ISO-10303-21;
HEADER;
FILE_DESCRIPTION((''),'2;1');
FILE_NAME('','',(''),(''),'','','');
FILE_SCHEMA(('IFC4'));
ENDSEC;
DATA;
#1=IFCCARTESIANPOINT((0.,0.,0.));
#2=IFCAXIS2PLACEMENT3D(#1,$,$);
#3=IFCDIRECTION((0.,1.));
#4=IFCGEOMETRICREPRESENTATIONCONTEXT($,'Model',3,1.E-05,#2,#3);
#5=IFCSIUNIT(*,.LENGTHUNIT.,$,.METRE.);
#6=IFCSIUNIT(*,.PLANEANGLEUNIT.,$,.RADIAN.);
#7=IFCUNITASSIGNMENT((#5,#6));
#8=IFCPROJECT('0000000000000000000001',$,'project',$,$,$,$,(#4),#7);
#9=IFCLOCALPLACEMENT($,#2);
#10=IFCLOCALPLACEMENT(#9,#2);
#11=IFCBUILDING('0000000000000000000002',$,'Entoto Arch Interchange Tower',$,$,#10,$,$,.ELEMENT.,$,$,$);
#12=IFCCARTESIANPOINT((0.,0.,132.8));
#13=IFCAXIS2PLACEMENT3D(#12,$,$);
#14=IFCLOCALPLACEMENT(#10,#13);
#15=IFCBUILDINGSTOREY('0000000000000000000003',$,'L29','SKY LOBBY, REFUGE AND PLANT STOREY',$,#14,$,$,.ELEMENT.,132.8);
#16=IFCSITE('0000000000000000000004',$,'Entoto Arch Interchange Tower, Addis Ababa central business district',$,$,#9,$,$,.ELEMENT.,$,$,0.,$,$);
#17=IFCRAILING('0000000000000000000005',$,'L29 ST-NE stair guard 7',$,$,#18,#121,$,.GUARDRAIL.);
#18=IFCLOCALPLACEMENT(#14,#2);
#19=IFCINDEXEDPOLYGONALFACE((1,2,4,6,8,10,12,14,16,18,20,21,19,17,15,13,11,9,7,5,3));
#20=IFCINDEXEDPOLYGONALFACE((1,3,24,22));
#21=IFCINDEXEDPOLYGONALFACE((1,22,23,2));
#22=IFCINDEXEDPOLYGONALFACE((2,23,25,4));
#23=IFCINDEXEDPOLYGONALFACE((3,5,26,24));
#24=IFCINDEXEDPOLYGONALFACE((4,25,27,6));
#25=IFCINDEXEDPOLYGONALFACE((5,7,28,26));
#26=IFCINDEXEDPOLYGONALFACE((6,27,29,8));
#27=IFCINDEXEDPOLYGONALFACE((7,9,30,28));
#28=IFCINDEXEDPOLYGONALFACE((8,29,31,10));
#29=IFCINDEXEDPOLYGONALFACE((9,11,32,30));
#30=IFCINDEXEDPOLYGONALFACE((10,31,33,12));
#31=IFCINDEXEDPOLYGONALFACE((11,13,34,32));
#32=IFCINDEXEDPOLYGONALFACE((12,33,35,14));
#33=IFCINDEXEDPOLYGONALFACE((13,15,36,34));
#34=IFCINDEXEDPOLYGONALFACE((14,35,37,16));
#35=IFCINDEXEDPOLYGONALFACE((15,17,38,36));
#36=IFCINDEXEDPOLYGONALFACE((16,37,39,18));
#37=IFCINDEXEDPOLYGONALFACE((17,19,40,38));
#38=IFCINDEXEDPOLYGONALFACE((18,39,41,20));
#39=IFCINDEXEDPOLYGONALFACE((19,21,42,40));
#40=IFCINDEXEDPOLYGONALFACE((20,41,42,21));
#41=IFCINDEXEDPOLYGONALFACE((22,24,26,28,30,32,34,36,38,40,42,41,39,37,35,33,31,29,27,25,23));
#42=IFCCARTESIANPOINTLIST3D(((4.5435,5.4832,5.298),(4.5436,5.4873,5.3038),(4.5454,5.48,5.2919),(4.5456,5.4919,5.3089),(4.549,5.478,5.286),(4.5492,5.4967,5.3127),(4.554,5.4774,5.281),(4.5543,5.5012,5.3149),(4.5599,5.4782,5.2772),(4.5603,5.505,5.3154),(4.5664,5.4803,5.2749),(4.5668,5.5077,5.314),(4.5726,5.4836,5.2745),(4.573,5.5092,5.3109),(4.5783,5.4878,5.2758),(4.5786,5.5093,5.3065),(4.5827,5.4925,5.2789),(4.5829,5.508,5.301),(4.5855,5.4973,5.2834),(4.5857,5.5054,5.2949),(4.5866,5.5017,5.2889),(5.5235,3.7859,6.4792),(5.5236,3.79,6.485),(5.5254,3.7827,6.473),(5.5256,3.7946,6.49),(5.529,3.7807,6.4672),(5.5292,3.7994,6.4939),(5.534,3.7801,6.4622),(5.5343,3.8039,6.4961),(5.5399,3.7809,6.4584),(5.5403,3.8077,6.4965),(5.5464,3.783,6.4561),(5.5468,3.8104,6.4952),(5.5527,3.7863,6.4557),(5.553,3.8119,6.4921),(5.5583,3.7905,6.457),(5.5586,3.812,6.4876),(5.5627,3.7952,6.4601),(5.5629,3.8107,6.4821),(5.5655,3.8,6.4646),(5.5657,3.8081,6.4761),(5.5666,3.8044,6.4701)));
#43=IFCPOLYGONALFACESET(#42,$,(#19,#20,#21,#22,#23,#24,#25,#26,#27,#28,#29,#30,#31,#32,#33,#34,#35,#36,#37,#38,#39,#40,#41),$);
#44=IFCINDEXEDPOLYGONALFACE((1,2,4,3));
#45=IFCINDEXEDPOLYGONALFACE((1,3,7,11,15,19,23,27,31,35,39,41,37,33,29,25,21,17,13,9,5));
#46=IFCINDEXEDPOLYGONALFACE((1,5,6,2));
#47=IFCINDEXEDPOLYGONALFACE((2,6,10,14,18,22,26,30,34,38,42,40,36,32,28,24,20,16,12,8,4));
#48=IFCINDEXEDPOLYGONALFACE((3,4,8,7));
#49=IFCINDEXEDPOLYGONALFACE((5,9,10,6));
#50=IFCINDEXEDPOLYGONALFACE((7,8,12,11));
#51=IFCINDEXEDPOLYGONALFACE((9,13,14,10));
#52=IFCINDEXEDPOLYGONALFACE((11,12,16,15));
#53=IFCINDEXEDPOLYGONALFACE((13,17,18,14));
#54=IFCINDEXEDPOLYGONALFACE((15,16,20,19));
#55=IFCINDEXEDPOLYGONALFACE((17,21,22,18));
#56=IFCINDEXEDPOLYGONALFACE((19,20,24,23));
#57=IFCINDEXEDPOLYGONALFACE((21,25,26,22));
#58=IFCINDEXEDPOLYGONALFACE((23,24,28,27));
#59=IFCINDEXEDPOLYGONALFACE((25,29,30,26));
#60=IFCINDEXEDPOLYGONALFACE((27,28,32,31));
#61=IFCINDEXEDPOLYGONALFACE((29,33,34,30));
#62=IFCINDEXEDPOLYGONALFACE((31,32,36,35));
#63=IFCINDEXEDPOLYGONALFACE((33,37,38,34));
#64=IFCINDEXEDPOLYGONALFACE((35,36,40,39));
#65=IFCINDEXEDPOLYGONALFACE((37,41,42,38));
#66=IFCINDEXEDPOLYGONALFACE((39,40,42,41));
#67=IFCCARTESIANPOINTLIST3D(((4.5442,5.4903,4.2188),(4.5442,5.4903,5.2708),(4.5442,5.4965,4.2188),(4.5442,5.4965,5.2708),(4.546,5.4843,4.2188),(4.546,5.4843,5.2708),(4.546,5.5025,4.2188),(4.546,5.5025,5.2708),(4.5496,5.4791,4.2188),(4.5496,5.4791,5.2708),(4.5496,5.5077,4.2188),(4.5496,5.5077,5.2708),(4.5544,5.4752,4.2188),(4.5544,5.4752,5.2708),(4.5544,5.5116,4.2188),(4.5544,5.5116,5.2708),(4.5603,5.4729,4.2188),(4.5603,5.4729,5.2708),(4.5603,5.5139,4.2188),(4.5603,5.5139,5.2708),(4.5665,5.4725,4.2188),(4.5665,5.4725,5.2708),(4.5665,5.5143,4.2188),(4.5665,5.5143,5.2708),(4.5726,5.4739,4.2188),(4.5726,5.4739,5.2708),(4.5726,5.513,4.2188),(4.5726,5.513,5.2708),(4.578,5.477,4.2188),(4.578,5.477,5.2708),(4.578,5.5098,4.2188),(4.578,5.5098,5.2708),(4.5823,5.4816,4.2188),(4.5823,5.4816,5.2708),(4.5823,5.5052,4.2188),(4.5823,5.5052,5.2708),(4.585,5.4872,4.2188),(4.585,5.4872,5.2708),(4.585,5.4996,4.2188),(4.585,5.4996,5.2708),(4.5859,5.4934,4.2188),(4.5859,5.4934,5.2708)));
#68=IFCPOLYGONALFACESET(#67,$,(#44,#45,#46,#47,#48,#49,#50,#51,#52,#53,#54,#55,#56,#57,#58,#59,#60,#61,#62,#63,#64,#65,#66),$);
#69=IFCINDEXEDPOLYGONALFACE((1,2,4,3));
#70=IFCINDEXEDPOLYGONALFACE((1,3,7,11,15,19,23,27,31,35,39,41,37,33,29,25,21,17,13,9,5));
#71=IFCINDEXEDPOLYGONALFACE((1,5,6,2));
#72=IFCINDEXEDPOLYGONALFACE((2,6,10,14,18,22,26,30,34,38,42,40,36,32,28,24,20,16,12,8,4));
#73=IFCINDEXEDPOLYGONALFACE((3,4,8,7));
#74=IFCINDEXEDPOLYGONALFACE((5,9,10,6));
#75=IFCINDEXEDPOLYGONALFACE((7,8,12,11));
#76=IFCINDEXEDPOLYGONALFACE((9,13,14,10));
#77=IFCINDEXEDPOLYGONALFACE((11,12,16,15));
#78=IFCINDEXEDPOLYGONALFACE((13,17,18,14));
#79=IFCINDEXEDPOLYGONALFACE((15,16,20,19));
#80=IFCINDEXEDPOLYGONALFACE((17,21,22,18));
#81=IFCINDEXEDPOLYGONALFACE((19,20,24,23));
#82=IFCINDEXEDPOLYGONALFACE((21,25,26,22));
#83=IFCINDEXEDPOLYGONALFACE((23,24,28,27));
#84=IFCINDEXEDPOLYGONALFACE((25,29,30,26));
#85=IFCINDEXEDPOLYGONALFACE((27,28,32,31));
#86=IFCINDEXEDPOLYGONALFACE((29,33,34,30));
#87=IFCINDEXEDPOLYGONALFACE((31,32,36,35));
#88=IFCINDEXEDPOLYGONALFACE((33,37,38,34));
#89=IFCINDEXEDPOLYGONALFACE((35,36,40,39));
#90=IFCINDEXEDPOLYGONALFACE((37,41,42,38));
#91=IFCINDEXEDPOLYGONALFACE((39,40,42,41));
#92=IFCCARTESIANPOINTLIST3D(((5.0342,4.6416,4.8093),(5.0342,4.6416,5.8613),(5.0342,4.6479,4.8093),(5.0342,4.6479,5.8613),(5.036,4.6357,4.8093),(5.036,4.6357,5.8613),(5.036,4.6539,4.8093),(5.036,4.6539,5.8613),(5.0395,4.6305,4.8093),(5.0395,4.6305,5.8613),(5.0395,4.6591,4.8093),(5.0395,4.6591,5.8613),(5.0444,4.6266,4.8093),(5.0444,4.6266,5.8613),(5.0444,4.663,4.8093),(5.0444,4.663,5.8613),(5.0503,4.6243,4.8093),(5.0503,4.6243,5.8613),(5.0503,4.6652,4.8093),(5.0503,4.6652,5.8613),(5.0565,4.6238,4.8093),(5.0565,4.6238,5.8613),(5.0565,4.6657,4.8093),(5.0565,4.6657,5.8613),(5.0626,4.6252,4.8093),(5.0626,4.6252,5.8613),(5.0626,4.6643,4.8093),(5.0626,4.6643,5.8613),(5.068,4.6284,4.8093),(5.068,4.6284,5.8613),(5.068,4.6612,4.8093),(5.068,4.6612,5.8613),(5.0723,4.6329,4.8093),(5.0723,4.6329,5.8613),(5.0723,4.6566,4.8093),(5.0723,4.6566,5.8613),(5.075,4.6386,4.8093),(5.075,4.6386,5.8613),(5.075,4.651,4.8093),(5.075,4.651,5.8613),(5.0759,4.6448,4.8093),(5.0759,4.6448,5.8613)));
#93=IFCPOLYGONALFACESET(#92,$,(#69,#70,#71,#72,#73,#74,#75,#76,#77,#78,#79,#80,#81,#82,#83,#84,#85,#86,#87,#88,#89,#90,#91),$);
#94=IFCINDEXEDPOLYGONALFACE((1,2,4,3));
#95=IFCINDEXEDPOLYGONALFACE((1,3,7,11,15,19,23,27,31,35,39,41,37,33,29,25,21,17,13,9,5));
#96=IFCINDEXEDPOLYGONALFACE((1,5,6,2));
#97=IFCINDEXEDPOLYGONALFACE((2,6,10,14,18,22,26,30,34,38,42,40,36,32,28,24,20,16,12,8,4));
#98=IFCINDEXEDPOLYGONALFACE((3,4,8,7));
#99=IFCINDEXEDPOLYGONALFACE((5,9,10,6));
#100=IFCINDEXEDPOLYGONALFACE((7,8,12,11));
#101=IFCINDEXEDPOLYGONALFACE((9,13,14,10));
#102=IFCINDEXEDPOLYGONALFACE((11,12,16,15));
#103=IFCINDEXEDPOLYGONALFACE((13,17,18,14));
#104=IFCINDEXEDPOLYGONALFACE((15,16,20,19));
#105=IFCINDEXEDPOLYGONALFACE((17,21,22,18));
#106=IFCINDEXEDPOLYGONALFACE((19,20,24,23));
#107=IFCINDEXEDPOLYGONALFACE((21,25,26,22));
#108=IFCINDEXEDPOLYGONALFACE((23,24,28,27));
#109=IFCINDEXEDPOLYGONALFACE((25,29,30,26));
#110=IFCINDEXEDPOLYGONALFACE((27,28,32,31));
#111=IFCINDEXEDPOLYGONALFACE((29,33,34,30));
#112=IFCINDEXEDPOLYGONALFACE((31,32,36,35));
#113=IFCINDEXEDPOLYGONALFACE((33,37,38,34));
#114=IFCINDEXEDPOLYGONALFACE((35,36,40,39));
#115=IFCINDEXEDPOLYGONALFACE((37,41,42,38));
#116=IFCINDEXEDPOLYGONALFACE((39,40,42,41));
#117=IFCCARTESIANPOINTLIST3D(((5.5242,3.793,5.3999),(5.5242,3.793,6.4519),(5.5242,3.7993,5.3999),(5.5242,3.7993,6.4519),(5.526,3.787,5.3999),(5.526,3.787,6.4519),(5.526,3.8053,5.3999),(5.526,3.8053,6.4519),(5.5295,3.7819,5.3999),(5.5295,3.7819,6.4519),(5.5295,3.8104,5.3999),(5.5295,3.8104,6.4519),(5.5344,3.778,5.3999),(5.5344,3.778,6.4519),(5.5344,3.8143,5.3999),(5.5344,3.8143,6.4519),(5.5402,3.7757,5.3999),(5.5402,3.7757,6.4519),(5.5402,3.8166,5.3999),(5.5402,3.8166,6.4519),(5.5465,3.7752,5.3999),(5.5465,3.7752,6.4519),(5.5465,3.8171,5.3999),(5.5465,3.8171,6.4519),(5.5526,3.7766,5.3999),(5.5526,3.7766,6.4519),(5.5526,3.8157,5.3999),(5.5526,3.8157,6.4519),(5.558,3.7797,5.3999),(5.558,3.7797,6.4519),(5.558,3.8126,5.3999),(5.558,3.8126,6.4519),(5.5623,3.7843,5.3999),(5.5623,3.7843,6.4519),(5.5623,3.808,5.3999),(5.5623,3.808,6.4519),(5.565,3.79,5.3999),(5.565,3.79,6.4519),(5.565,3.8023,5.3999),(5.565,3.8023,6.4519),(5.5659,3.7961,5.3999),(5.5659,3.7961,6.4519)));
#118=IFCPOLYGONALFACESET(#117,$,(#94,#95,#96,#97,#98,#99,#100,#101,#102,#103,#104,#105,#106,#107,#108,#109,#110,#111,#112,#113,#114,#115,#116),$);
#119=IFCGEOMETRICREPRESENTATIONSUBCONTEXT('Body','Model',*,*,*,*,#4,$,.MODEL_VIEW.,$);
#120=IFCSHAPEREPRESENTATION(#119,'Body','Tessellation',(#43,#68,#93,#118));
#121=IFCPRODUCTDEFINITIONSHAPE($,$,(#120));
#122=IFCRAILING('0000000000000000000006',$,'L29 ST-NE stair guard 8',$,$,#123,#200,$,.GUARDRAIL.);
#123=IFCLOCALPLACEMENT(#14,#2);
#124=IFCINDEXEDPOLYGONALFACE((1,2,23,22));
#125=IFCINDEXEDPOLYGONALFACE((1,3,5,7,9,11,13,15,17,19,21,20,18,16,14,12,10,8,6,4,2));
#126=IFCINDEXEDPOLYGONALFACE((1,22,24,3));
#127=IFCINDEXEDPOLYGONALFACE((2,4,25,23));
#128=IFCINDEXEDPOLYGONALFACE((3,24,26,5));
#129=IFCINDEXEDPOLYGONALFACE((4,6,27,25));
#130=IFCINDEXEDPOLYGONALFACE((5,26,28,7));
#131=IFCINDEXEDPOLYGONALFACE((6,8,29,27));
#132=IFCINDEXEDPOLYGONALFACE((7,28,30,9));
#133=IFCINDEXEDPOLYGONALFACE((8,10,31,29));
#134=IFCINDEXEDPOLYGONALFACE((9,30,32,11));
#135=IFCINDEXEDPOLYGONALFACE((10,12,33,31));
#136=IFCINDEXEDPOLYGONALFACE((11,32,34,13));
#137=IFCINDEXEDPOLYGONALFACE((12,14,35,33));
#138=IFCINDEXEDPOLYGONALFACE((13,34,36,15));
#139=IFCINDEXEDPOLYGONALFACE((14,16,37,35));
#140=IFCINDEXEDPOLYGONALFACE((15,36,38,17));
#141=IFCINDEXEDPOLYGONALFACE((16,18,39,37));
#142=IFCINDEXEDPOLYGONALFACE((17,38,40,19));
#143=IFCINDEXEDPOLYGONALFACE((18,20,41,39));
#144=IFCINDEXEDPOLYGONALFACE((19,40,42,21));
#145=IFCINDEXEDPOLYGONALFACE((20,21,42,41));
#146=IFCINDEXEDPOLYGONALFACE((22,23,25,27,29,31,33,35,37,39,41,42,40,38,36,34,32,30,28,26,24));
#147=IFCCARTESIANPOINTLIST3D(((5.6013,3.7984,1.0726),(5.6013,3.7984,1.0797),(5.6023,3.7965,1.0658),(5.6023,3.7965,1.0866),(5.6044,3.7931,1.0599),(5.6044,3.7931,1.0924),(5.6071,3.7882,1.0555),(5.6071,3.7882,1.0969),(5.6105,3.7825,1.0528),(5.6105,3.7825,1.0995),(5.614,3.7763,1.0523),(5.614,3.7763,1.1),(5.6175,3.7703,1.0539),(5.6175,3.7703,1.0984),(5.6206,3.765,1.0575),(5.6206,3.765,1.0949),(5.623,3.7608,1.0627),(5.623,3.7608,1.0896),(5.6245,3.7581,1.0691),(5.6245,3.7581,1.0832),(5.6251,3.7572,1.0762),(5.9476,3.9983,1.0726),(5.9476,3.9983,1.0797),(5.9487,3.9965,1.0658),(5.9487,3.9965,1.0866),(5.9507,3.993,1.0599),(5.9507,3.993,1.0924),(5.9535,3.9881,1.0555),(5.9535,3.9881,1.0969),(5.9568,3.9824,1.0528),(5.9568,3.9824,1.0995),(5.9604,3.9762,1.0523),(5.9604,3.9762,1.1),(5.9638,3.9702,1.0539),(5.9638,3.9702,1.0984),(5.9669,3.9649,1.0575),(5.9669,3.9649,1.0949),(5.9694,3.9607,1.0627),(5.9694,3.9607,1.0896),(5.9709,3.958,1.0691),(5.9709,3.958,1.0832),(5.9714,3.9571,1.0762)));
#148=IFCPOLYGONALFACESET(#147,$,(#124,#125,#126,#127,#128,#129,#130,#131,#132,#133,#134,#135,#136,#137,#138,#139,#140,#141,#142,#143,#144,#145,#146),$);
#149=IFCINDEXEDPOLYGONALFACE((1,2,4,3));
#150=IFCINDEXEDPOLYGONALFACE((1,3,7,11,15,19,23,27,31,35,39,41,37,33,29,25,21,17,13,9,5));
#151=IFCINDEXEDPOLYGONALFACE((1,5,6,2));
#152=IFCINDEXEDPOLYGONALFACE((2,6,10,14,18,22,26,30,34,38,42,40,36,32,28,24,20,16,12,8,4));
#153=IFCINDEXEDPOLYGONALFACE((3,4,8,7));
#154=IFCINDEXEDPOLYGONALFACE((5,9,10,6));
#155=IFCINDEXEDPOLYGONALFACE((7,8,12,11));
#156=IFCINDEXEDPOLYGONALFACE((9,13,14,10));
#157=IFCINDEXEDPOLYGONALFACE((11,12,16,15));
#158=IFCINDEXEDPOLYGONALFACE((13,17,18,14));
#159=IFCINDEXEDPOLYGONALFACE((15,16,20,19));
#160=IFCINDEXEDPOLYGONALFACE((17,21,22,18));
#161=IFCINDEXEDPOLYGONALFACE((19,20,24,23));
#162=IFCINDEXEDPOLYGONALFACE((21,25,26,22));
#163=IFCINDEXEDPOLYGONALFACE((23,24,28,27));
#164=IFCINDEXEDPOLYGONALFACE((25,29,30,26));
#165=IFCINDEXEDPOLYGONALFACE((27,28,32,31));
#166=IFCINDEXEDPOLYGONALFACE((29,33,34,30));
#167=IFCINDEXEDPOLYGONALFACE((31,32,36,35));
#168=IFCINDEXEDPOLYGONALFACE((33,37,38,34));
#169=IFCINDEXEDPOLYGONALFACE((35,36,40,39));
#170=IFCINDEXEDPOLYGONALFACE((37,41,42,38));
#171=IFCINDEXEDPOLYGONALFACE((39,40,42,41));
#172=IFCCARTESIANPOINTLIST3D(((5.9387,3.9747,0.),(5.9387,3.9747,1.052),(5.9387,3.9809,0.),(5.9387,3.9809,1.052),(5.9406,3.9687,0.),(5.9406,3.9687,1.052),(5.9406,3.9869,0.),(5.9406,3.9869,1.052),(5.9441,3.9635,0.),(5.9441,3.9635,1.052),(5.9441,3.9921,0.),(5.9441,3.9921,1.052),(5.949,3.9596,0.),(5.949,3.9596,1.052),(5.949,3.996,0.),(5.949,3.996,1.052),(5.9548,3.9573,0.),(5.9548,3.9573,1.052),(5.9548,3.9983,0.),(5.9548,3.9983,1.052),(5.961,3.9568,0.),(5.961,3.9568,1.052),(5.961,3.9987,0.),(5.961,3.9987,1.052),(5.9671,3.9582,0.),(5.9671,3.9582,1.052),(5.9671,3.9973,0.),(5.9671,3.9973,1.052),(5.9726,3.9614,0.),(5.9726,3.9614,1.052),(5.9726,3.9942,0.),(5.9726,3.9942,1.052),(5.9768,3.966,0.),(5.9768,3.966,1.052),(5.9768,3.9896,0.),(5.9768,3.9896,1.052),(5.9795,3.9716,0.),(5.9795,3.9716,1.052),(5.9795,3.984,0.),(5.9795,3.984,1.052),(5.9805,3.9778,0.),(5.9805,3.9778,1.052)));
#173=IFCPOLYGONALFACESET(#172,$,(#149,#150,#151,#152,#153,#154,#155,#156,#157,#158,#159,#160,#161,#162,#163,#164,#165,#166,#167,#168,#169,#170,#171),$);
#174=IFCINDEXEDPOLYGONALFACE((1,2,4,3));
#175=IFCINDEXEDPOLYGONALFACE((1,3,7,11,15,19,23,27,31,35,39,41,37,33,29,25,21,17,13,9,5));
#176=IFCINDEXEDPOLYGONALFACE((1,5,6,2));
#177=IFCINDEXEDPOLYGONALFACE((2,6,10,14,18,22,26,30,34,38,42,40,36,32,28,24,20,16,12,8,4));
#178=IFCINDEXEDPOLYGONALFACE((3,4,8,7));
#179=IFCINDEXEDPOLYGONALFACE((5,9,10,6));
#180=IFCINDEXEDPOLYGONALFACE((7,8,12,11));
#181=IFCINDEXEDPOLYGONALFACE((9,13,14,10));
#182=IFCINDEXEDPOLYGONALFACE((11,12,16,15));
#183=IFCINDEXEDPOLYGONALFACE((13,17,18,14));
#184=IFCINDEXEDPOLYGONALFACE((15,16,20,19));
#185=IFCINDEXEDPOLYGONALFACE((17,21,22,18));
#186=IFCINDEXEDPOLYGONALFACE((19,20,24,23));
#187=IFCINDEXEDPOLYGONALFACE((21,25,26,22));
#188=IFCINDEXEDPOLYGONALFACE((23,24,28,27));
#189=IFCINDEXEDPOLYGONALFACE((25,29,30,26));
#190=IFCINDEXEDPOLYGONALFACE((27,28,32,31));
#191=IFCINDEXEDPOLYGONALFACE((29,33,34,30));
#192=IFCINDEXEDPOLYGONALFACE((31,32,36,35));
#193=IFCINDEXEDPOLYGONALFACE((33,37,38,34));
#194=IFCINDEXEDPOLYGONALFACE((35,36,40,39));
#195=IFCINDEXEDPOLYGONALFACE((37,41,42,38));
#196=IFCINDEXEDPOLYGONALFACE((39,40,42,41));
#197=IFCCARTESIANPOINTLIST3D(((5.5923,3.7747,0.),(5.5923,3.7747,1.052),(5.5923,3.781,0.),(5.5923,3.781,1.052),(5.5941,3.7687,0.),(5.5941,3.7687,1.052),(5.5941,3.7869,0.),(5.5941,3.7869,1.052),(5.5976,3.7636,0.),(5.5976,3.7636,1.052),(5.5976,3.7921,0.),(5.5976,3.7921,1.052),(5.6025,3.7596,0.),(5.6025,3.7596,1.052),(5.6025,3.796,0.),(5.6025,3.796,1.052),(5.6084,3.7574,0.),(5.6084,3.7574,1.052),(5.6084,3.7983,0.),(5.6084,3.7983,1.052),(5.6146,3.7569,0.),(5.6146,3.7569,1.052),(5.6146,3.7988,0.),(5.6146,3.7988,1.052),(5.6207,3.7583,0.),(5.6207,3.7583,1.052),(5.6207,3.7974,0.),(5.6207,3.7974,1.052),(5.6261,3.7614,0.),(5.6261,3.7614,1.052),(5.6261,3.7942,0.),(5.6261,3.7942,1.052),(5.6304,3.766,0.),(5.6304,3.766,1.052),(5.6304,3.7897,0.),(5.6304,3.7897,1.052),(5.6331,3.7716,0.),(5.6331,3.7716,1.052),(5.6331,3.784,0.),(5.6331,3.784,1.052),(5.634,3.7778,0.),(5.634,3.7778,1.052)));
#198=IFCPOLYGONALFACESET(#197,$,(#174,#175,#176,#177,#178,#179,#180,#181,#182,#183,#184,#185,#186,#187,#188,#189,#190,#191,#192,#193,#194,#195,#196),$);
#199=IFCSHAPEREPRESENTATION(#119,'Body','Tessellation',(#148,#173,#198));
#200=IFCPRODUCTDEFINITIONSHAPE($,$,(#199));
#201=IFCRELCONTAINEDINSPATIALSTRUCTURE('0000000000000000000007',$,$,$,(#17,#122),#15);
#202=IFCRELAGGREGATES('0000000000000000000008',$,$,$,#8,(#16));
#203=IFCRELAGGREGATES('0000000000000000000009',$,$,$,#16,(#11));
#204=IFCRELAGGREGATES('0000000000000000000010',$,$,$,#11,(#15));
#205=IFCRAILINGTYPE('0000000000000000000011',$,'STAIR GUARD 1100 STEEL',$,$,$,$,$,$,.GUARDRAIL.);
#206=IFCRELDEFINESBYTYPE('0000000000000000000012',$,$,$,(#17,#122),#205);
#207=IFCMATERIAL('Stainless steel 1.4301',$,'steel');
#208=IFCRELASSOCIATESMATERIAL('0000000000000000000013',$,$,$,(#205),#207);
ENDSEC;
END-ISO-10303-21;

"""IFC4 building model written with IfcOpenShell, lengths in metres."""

from ifc_helpers import new_model, si_unit, direction, frame, origin, origin_2d, place, context, subcontext, project, spatial, circle, extrude, material, type_object, element, save


model = new_model("IFC4")

# Units and contexts
model_context = context("Model", 3, precision=1e-05, world=origin(), true_north=direction((0.0, 1.0)))
body_context = subcontext(model_context, "Body", "Model", "MODEL_VIEW")
ifc_project = project(units=[si_unit("LENGTHUNIT", "METRE"), si_unit("PLANEANGLEUNIT", "RADIAN")], contexts=[model_context])

# Site, building, storey
site_placement = place(None, origin())
site = spatial("IfcSite", under=ifc_project, at=site_placement, Name="Entoto Arch Interchange Tower, Addis Ababa central business district", CompositionType="ELEMENT", RefElevation=0.0)
building_placement = place(site_placement, origin())
building = spatial("IfcBuilding", under=site, at=building_placement, Name="Entoto Arch Interchange Tower", CompositionType="ELEMENT")
storey_placement = place(building_placement, frame((0.0, 0.0, 132.8)))
storey = spatial("IfcBuildingStorey", under=building, at=storey_placement, Name="L29", Description="SKY LOBBY, REFUGE AND PLANT STOREY", CompositionType="ELEMENT", Elevation=132.8)

# Railings
ifc_material_1 = material(Name="Stainless steel 1.4301", Category="steel")
railing_type_1 = type_object("IfcRailingType", Name="STAIR GUARD 1100 STEEL", PredefinedType="GUARDRAIL", material=ifc_material_1)
railing_1_placement = place(storey_placement, frame((4.5649, 5.4934, 4.2188)))
element("IfcRailing", 1, at=railing_1_placement, inside=storey, type_object=railing_type_1, Name="L29 ST-NE stair guard 7", PredefinedType="GUARDRAIL", context=body_context, shape_type="SweptSolid", body=[
    extrude(circle(Radius=0.0239, at=origin_2d()), frame((0.0, 0.0, 1.0762), z_axis=(0.428262, -0.741723, 0.516176), x_axis=(0.866011, 0.500024, 0.0)), (0.0, 0.0, 1.0), 2.2883),
    extrude(circle(Radius=0.021, at=origin_2d()), origin(), (0.0, 0.0, 1.0), 1.052),
    extrude(circle(Radius=0.021, at=origin_2d()), frame((0.49, -0.8486, 0.5906)), (0.0, 0.0, 1.0), 1.052),
    extrude(circle(Radius=0.021, at=origin_2d()), frame((0.98, -1.6973, 1.1812)), (0.0, 0.0, 1.0), 1.052),
])
railing_2_placement = place(storey_placement, frame((5.9595, 3.9778, 0.0)))
element("IfcRailing", 2, at=railing_2_placement, inside=storey, type_object=railing_type_1, Name="L29 ST-NE stair guard 8", PredefinedType="GUARDRAIL", context=body_context, shape_type="SweptSolid", body=[
    extrude(circle(Radius=0.0239, at=origin_2d()), frame((0.0, 0.0, 1.0762), z_axis=(-0.866094, -0.499881, 0.0), x_axis=(0.499881, -0.866094, 0.0)), (0.0, 0.0, 1.0), 0.3999),
    extrude(circle(Radius=0.021, at=origin_2d()), origin(), (0.0, 0.0, 1.0), 1.052),
    extrude(circle(Radius=0.021, at=origin_2d()), frame((-0.3464, -0.2, 0.0)), (0.0, 0.0, 1.0), 1.052),
])

save(model, "model.ifc")
